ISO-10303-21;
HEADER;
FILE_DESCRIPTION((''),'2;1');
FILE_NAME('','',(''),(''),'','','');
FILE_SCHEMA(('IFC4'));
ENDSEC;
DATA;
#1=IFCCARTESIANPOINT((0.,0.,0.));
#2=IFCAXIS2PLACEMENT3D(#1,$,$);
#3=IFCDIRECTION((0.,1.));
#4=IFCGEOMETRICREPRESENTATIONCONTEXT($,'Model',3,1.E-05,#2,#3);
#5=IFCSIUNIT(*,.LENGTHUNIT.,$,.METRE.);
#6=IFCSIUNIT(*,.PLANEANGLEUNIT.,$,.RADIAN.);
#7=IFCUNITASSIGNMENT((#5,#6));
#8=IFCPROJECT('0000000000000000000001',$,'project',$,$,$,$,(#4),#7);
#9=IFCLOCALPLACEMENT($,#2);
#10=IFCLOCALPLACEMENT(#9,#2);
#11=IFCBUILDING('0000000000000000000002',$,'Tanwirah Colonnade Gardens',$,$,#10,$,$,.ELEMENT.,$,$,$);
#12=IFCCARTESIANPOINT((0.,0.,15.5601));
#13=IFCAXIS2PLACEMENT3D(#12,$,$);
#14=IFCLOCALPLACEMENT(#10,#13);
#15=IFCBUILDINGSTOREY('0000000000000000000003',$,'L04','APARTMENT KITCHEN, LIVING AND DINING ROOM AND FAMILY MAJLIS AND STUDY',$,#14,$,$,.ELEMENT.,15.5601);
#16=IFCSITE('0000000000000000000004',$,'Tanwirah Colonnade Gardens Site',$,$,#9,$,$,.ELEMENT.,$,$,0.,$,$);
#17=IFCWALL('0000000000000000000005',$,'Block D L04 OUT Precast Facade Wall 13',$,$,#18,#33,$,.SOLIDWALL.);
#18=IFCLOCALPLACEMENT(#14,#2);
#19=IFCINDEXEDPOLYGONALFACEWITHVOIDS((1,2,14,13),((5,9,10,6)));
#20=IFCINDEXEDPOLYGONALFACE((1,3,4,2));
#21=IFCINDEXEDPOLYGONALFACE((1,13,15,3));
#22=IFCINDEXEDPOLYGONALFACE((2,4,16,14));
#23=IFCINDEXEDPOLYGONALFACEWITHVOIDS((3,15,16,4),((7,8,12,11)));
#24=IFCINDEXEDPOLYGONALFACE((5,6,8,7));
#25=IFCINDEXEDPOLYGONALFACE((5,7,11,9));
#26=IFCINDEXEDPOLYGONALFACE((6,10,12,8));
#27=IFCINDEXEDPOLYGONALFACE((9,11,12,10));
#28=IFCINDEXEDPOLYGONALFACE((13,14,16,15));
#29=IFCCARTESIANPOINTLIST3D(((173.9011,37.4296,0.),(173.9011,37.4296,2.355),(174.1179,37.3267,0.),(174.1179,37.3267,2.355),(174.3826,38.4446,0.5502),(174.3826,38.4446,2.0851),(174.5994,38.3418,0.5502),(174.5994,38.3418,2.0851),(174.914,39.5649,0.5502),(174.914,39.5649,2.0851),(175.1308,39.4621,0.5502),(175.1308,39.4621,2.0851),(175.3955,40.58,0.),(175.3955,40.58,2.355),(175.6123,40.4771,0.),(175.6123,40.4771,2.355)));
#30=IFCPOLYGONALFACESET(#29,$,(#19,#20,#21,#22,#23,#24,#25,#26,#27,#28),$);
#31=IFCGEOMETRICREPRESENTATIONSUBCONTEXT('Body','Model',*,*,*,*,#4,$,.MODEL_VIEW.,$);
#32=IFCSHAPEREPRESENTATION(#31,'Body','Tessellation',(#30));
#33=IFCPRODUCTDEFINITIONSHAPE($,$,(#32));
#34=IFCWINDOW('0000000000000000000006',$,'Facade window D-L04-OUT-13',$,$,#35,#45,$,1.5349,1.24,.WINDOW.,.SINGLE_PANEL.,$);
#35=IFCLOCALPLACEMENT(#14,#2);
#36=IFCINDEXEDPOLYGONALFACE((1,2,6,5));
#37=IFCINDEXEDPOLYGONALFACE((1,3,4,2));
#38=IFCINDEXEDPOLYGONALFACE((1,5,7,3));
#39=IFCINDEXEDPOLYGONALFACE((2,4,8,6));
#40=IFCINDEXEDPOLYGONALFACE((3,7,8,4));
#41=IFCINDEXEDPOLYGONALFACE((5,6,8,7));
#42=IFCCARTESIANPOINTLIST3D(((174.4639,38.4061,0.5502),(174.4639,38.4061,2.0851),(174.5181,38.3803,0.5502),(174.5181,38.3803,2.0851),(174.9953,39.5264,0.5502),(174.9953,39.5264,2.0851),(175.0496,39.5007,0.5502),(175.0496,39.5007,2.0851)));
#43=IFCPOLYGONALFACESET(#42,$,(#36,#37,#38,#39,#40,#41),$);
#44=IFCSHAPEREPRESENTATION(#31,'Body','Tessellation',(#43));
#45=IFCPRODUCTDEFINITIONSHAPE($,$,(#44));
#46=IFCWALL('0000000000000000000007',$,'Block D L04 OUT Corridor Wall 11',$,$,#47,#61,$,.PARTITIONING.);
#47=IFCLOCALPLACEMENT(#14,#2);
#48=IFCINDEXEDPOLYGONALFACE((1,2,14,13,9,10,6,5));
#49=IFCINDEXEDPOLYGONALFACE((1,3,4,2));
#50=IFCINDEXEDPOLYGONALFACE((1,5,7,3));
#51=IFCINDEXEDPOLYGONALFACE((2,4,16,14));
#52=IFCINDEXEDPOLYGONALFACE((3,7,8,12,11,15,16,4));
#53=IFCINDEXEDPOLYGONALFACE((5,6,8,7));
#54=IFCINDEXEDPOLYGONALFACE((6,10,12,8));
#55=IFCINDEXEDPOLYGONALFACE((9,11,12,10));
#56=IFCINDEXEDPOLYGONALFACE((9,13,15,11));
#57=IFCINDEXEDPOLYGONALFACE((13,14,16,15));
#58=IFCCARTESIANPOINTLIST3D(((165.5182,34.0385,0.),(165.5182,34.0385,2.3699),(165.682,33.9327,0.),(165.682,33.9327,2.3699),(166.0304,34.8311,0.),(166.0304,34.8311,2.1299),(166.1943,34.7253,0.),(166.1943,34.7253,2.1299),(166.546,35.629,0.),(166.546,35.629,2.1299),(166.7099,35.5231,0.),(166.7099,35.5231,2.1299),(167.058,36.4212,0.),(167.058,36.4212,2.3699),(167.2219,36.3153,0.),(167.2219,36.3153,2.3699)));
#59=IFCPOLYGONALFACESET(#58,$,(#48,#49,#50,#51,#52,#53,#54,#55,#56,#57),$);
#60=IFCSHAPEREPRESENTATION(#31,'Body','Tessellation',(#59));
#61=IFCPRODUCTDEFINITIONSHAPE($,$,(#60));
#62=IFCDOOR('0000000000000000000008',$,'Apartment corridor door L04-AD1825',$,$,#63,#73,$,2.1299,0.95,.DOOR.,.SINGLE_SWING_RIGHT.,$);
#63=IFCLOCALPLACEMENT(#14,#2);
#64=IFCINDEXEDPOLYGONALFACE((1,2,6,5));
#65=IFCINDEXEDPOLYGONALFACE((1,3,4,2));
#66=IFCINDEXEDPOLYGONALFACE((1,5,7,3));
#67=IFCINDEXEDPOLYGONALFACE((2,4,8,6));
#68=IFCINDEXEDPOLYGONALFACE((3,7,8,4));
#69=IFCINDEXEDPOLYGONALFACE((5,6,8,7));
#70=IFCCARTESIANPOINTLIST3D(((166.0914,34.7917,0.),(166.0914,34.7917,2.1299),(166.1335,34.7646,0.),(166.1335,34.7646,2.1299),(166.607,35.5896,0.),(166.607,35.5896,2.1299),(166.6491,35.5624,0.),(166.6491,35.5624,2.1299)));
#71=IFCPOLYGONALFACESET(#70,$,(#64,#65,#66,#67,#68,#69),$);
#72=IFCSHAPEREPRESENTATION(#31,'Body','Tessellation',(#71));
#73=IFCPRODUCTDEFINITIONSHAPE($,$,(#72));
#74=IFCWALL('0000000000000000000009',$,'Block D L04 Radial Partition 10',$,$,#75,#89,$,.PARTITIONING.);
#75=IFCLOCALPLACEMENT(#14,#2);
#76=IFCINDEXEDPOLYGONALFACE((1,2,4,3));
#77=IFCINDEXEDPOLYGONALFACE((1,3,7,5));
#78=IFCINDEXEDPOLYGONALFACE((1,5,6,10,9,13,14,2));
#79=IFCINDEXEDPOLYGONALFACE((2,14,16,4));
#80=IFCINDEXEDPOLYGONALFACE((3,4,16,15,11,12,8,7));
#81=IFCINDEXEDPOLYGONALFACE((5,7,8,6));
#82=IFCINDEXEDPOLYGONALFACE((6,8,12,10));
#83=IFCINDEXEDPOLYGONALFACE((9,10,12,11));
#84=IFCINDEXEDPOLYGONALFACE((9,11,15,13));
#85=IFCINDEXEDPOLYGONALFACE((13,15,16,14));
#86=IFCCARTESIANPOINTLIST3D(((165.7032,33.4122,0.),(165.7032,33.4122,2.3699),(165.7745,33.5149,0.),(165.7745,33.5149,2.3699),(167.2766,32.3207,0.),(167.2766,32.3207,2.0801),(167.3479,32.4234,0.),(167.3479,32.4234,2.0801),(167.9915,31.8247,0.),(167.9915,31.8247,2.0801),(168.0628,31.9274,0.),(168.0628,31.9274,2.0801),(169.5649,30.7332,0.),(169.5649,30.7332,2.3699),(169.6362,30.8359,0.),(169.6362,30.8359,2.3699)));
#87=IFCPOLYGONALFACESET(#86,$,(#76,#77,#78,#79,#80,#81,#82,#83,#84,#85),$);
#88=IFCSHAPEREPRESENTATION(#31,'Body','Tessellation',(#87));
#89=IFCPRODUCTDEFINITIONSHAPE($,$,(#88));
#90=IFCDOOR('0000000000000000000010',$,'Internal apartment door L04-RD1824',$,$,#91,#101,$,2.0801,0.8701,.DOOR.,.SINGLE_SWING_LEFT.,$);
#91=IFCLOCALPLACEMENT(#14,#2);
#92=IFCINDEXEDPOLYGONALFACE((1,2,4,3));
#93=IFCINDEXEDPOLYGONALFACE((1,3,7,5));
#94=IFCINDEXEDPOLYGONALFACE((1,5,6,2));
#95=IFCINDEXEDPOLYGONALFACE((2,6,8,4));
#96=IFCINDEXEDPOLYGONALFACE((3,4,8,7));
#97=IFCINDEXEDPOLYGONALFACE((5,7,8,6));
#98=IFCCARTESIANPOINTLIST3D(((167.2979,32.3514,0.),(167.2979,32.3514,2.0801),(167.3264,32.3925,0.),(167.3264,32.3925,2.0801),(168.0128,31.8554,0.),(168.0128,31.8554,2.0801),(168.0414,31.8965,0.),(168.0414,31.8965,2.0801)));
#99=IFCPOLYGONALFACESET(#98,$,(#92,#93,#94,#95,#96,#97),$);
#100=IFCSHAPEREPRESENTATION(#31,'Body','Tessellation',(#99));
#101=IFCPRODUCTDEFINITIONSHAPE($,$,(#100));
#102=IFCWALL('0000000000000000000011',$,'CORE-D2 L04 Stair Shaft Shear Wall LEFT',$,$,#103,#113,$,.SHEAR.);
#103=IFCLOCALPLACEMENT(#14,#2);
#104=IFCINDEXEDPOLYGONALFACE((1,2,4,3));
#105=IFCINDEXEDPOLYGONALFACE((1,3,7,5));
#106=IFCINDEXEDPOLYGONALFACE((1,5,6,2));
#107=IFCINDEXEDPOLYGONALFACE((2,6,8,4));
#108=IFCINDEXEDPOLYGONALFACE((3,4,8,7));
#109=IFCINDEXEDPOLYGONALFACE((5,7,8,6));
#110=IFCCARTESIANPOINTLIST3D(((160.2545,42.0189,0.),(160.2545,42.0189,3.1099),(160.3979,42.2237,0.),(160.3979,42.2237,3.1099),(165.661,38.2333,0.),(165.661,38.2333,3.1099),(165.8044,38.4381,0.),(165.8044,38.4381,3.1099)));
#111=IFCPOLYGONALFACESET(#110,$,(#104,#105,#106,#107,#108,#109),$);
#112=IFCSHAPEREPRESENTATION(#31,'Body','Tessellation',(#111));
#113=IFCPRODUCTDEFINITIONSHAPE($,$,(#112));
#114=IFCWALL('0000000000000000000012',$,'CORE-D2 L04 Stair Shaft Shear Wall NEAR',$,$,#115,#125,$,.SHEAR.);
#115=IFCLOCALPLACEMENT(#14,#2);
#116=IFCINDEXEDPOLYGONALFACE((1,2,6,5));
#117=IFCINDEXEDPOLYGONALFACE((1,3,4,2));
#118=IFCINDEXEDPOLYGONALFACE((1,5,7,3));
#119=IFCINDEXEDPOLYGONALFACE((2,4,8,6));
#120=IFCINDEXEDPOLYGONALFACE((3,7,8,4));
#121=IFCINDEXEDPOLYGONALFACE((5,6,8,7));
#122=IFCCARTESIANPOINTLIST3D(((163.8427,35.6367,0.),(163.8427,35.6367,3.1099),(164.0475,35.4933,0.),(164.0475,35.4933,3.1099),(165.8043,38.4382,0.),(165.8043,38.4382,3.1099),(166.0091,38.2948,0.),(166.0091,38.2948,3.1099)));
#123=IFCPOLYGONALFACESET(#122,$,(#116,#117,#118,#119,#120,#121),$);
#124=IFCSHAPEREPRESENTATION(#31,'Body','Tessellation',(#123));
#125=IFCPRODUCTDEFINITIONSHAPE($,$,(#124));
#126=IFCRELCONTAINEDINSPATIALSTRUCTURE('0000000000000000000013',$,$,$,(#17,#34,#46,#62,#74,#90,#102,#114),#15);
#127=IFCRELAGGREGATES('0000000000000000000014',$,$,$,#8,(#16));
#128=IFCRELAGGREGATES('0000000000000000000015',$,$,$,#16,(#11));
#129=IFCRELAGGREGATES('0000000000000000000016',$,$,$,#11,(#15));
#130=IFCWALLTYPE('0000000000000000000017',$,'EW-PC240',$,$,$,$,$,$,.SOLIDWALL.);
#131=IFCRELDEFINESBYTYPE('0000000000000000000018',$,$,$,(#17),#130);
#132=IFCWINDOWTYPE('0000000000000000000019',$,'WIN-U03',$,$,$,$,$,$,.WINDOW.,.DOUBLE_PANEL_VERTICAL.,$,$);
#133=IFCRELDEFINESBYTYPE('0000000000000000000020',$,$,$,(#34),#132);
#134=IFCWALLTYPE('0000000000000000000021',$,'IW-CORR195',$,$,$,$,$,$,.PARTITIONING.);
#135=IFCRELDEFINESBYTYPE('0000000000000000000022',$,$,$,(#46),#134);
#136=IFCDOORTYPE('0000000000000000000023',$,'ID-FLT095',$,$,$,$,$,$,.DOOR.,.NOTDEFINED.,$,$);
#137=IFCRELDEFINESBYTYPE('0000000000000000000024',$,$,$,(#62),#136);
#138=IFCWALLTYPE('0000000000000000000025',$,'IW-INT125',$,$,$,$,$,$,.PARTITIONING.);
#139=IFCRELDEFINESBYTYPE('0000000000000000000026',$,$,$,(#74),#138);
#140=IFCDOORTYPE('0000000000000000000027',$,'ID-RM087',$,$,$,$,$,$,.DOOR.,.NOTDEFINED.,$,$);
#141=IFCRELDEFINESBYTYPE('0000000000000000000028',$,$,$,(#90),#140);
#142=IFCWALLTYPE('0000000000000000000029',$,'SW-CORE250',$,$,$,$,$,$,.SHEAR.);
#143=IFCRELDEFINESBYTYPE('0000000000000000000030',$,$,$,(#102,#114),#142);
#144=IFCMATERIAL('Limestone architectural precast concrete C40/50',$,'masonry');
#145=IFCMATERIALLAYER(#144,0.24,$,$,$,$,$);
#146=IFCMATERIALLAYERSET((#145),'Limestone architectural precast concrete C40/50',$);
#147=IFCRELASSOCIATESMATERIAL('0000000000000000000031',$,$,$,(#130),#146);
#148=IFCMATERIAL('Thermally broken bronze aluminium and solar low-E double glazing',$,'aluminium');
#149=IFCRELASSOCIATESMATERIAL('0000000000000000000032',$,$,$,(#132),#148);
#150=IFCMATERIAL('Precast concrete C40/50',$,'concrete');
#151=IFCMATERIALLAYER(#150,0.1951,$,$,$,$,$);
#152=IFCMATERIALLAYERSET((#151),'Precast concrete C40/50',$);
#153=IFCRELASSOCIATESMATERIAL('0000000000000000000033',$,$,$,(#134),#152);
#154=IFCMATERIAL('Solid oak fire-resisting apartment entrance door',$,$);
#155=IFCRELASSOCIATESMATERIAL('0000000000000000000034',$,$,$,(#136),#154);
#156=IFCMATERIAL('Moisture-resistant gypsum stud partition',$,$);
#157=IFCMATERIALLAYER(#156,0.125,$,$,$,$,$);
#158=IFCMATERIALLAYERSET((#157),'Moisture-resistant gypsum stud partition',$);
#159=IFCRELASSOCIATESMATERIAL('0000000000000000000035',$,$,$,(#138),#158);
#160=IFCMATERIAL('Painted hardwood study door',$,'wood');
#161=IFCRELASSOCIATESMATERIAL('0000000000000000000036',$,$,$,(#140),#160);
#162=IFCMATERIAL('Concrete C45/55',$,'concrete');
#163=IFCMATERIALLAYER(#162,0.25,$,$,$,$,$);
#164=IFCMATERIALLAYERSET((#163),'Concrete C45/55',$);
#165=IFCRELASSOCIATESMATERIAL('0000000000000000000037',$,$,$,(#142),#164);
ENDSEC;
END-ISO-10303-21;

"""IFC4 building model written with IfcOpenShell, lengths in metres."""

from ifc_helpers import new_model, si_unit, direction, frame, frame_2d, origin, place, context, subcontext, project, spatial, rectangle, extrude, material, layer, layer_set, type_object, element, fill, save


model = new_model("IFC4")

# Units and contexts
model_context = context("Model", 3, precision=1e-05, world=origin(), true_north=direction((0.0, 1.0)))
body_context = subcontext(model_context, "Body", "Model", "MODEL_VIEW")
ifc_project = project(units=[si_unit("LENGTHUNIT", "METRE"), si_unit("PLANEANGLEUNIT", "RADIAN")], contexts=[model_context])

# Site, building, storey
site_placement = place(None, origin())
site = spatial("IfcSite", under=ifc_project, at=site_placement, Name="Tanwirah Colonnade Gardens Site", CompositionType="ELEMENT", RefElevation=0.0)
building_placement = place(site_placement, origin())
building = spatial("IfcBuilding", under=site, at=building_placement, Name="Tanwirah Colonnade Gardens", CompositionType="ELEMENT")
storey_placement = place(building_placement, frame((0.0, 0.0, 15.5601)))
storey = spatial("IfcBuildingStorey", under=building, at=storey_placement, Name="L04", Description="APARTMENT KITCHEN, LIVING AND DINING ROOM AND FAMILY MAJLIS AND STUDY", CompositionType="ELEMENT", Elevation=15.5601)

# Shared definitions
ifc_material_1 = material(Name="Precast concrete C40/50", Category="concrete")

# Wall, opening, window
ifc_material_2 = material(Name="Limestone architectural precast concrete C40/50", Category="masonry")
ifc_layer_1 = layer(ifc_material_2, 0.24)
ifc_layer_set_1 = layer_set([ifc_layer_1], Name="Limestone architectural precast concrete C40/50")
wall_type_1 = type_object("IfcWallType", Name="EW-PC240", PredefinedType="SOLIDWALL", material=ifc_layer_set_1)
ifc_material_3 = material(Name="Thermally broken bronze aluminium and solar low-E double glazing", Category="aluminium")
wall_1_placement = place(storey_placement, frame((174.0095, 37.3782, 0.0), z_axis=(0.0, 0.0, 1.0), x_axis=(0.428577, 0.903505, 0.0)))
wall_1 = element("IfcWall", 1, at=wall_1_placement, inside=storey, type_object=wall_type_1, Name="Block D L04 OUT Precast Facade Wall 13", PredefinedType="SOLIDWALL", context=body_context, shape_type="SweptSolid", body=[
    extrude(rectangle(XDim=3.4868, YDim=0.24, at=frame_2d((1.7434, 0.0))), origin(), (0.0, 0.0, 1.0), 2.355),
])
opening_1_placement = place(wall_1_placement, frame((1.1233, 0.0, 0.55)))
opening_1 = element("IfcOpeningElement", 2, at=opening_1_placement, cuts=wall_1, PredefinedType="OPENING", context=body_context, shape_type="SweptSolid", body=[
    extrude(rectangle(XDim=1.24, YDim=1.5349, at=frame_2d((0.6201, 0.7676))), frame((0.0, 0.1299, 0.0), z_axis=(0.0, -1.0, 0.0), x_axis=(1.0, 0.0, 0.0)), (0.0, 0.0, 1.0), 0.26),
])
window_type_1 = type_object("IfcWindowType", Name="WIN-U03", PartitioningType="DOUBLE_PANEL_VERTICAL", PredefinedType="WINDOW", material=ifc_material_3)
window_1_placement = place(opening_1_placement, origin())
window_1 = element("IfcWindow", 3, at=window_1_placement, inside=storey, type_object=window_type_1, Name="Facade window D-L04-OUT-13", OverallHeight=1.5349, OverallWidth=1.24, PartitioningType="SINGLE_PANEL", PredefinedType="WINDOW", context=body_context, shape_type="SweptSolid", body=[
    extrude(rectangle(XDim=1.24, YDim=1.5349, at=frame_2d((0.6201, 0.7676))), frame((0.0, 0.03, 0.0), z_axis=(0.0, -1.0, 0.0), x_axis=(1.0, 0.0, 0.0)), (0.0, 0.0, 1.0), 0.0601),
])
fill(opening_1, window_1)

# Walls, openings, doors
ifc_layer_2 = layer(ifc_material_1, 0.1951)
ifc_layer_set_2 = layer_set([ifc_layer_2], Name="Precast concrete C40/50")
wall_type_2 = type_object("IfcWallType", Name="IW-CORR195", PredefinedType="PARTITIONING", material=ifc_layer_set_2)
wall_2_placement = place(storey_placement, frame((165.6001, 33.9856, 0.0), z_axis=(0.0, 0.0, 1.0), x_axis=(0.542787, 0.83987, 0.0)))
wall_2 = element("IfcWall", 4, at=wall_2_placement, inside=storey, type_object=wall_type_2, Name="Block D L04 OUT Corridor Wall 11", PredefinedType="PARTITIONING", context=body_context, shape_type="SweptSolid", body=[
    extrude(rectangle(XDim=2.8369, YDim=0.1951, at=frame_2d((1.4185, 0.0))), origin(), (0.0, 0.0, 1.0), 2.3699),
])
opening_2_placement = place(wall_2_placement, frame((0.9436, 0.0, 0.0)))
opening_2 = element("IfcOpeningElement", 5, at=opening_2_placement, cuts=wall_2, PredefinedType="OPENING", context=body_context, shape_type="SweptSolid", body=[
    extrude(rectangle(XDim=0.95, YDim=2.1299, at=frame_2d((0.4751, 1.0649))), frame((0.0, 0.1074, 0.0), z_axis=(0.0, -1.0, 0.0), x_axis=(1.0, 0.0, 0.0)), (0.0, 0.0, 1.0), 0.2151),
])
ifc_material_4 = material(Name="Solid oak fire-resisting apartment entrance door")
door_type_1 = type_object("IfcDoorType", Name="ID-FLT095", OperationType="NOTDEFINED", PredefinedType="DOOR", material=ifc_material_4)
door_1_placement = place(opening_2_placement, origin())
door_1 = element("IfcDoor", 6, at=door_1_placement, inside=storey, type_object=door_type_1, Name="Apartment corridor door L04-AD1825", OperationType="SINGLE_SWING_RIGHT", OverallHeight=2.1299, OverallWidth=0.95, PredefinedType="DOOR", context=body_context, shape_type="SweptSolid", body=[
    extrude(rectangle(XDim=0.95, YDim=2.1299, at=frame_2d((0.4751, 1.0649))), frame((0.0, 0.0249, 0.0), z_axis=(0.0, -1.0, 0.0), x_axis=(1.0, 0.0, 0.0)), (0.0, 0.0, 1.0), 0.05),
])
fill(opening_2, door_1)
ifc_material_5 = material(Name="Moisture-resistant gypsum stud partition")
ifc_layer_3 = layer(ifc_material_5, 0.125)
ifc_layer_set_3 = layer_set([ifc_layer_3], Name="Moisture-resistant gypsum stud partition")
wall_type_3 = type_object("IfcWallType", Name="IW-INT125", PredefinedType="PARTITIONING", material=ifc_layer_set_3)
wall_3_placement = place(storey_placement, frame((165.7388, 33.4636, 0.0), z_axis=(0.0, 0.0, 1.0), x_axis=(0.821638, -0.570009, 0.0)))
wall_3 = element("IfcWall", 7, at=wall_3_placement, inside=storey, type_object=wall_type_3, Name="Block D L04 Radial Partition 10", PredefinedType="PARTITIONING", context=body_context, shape_type="SweptSolid", body=[
    extrude(rectangle(XDim=4.7, YDim=0.125, at=frame_2d((2.3501, 0.0))), origin(), (0.0, 0.0, 1.0), 2.3699),
])
opening_3_placement = place(wall_3_placement, frame((1.915, 0.0, 0.0)))
opening_3 = element("IfcOpeningElement", 8, at=opening_3_placement, cuts=wall_3, PredefinedType="OPENING", context=body_context, shape_type="SweptSolid", body=[
    extrude(rectangle(XDim=0.8701, YDim=2.0801, at=frame_2d((0.4351, 1.04))), frame((0.0, 0.0725, 0.0), z_axis=(0.0, -1.0, 0.0), x_axis=(1.0, 0.0, 0.0)), (0.0, 0.0, 1.0), 0.145),
])
ifc_material_6 = material(Name="Painted hardwood study door", Category="wood")
door_type_2 = type_object("IfcDoorType", Name="ID-RM087", OperationType="NOTDEFINED", PredefinedType="DOOR", material=ifc_material_6)
door_2_placement = place(opening_3_placement, origin())
door_2 = element("IfcDoor", 9, at=door_2_placement, inside=storey, type_object=door_type_2, Name="Internal apartment door L04-RD1824", OperationType="SINGLE_SWING_LEFT", OverallHeight=2.0801, OverallWidth=0.8701, PredefinedType="DOOR", context=body_context, shape_type="SweptSolid", body=[
    extrude(rectangle(XDim=0.8701, YDim=2.0801, at=frame_2d((0.4351, 1.04))), frame((0.0, 0.0249, 0.0), z_axis=(0.0, -1.0, 0.0), x_axis=(1.0, 0.0, 0.0)), (0.0, 0.0, 1.0), 0.05),
])
fill(opening_3, door_2)

# Walls
ifc_material_7 = material(Name="Concrete C45/55", Category="concrete")
ifc_layer_4 = layer(ifc_material_7, 0.25)
ifc_layer_set_4 = layer_set([ifc_layer_4], Name="Concrete C45/55")
wall_type_4 = type_object("IfcWallType", Name="SW-CORE250", PredefinedType="SHEAR", material=ifc_layer_set_4)
wall_4_placement = place(storey_placement, frame((165.7327, 38.3357, 0.0), z_axis=(0.0, 0.0, 1.0), x_axis=(-0.819154, 0.573574, 0.0)))
element("IfcWall", 10, at=wall_4_placement, inside=storey, type_object=wall_type_4, Name="CORE-D2 L04 Stair Shaft Shear Wall LEFT", PredefinedType="SHEAR", context=body_context, shape_type="SweptSolid", body=[
    extrude(rectangle(XDim=6.6001, YDim=0.25, at=frame_2d((3.3, 0.0))), origin(), (0.0, 0.0, 1.0), 3.1099),
])
wall_5_placement = place(storey_placement, frame((165.9067, 38.3665, 0.0), z_axis=(0.0, 0.0, 1.0), x_axis=(-0.573582, -0.819148, 0.0)))
element("IfcWall", 11, at=wall_5_placement, inside=storey, type_object=wall_type_4, Name="CORE-D2 L04 Stair Shaft Shear Wall NEAR", PredefinedType="SHEAR", context=body_context, shape_type="SweptSolid", body=[
    extrude(rectangle(XDim=3.4199, YDim=0.25, at=frame_2d((1.71, 0.0))), origin(), (0.0, 0.0, 1.0), 3.1099),
])

save(model, "model.ifc")
